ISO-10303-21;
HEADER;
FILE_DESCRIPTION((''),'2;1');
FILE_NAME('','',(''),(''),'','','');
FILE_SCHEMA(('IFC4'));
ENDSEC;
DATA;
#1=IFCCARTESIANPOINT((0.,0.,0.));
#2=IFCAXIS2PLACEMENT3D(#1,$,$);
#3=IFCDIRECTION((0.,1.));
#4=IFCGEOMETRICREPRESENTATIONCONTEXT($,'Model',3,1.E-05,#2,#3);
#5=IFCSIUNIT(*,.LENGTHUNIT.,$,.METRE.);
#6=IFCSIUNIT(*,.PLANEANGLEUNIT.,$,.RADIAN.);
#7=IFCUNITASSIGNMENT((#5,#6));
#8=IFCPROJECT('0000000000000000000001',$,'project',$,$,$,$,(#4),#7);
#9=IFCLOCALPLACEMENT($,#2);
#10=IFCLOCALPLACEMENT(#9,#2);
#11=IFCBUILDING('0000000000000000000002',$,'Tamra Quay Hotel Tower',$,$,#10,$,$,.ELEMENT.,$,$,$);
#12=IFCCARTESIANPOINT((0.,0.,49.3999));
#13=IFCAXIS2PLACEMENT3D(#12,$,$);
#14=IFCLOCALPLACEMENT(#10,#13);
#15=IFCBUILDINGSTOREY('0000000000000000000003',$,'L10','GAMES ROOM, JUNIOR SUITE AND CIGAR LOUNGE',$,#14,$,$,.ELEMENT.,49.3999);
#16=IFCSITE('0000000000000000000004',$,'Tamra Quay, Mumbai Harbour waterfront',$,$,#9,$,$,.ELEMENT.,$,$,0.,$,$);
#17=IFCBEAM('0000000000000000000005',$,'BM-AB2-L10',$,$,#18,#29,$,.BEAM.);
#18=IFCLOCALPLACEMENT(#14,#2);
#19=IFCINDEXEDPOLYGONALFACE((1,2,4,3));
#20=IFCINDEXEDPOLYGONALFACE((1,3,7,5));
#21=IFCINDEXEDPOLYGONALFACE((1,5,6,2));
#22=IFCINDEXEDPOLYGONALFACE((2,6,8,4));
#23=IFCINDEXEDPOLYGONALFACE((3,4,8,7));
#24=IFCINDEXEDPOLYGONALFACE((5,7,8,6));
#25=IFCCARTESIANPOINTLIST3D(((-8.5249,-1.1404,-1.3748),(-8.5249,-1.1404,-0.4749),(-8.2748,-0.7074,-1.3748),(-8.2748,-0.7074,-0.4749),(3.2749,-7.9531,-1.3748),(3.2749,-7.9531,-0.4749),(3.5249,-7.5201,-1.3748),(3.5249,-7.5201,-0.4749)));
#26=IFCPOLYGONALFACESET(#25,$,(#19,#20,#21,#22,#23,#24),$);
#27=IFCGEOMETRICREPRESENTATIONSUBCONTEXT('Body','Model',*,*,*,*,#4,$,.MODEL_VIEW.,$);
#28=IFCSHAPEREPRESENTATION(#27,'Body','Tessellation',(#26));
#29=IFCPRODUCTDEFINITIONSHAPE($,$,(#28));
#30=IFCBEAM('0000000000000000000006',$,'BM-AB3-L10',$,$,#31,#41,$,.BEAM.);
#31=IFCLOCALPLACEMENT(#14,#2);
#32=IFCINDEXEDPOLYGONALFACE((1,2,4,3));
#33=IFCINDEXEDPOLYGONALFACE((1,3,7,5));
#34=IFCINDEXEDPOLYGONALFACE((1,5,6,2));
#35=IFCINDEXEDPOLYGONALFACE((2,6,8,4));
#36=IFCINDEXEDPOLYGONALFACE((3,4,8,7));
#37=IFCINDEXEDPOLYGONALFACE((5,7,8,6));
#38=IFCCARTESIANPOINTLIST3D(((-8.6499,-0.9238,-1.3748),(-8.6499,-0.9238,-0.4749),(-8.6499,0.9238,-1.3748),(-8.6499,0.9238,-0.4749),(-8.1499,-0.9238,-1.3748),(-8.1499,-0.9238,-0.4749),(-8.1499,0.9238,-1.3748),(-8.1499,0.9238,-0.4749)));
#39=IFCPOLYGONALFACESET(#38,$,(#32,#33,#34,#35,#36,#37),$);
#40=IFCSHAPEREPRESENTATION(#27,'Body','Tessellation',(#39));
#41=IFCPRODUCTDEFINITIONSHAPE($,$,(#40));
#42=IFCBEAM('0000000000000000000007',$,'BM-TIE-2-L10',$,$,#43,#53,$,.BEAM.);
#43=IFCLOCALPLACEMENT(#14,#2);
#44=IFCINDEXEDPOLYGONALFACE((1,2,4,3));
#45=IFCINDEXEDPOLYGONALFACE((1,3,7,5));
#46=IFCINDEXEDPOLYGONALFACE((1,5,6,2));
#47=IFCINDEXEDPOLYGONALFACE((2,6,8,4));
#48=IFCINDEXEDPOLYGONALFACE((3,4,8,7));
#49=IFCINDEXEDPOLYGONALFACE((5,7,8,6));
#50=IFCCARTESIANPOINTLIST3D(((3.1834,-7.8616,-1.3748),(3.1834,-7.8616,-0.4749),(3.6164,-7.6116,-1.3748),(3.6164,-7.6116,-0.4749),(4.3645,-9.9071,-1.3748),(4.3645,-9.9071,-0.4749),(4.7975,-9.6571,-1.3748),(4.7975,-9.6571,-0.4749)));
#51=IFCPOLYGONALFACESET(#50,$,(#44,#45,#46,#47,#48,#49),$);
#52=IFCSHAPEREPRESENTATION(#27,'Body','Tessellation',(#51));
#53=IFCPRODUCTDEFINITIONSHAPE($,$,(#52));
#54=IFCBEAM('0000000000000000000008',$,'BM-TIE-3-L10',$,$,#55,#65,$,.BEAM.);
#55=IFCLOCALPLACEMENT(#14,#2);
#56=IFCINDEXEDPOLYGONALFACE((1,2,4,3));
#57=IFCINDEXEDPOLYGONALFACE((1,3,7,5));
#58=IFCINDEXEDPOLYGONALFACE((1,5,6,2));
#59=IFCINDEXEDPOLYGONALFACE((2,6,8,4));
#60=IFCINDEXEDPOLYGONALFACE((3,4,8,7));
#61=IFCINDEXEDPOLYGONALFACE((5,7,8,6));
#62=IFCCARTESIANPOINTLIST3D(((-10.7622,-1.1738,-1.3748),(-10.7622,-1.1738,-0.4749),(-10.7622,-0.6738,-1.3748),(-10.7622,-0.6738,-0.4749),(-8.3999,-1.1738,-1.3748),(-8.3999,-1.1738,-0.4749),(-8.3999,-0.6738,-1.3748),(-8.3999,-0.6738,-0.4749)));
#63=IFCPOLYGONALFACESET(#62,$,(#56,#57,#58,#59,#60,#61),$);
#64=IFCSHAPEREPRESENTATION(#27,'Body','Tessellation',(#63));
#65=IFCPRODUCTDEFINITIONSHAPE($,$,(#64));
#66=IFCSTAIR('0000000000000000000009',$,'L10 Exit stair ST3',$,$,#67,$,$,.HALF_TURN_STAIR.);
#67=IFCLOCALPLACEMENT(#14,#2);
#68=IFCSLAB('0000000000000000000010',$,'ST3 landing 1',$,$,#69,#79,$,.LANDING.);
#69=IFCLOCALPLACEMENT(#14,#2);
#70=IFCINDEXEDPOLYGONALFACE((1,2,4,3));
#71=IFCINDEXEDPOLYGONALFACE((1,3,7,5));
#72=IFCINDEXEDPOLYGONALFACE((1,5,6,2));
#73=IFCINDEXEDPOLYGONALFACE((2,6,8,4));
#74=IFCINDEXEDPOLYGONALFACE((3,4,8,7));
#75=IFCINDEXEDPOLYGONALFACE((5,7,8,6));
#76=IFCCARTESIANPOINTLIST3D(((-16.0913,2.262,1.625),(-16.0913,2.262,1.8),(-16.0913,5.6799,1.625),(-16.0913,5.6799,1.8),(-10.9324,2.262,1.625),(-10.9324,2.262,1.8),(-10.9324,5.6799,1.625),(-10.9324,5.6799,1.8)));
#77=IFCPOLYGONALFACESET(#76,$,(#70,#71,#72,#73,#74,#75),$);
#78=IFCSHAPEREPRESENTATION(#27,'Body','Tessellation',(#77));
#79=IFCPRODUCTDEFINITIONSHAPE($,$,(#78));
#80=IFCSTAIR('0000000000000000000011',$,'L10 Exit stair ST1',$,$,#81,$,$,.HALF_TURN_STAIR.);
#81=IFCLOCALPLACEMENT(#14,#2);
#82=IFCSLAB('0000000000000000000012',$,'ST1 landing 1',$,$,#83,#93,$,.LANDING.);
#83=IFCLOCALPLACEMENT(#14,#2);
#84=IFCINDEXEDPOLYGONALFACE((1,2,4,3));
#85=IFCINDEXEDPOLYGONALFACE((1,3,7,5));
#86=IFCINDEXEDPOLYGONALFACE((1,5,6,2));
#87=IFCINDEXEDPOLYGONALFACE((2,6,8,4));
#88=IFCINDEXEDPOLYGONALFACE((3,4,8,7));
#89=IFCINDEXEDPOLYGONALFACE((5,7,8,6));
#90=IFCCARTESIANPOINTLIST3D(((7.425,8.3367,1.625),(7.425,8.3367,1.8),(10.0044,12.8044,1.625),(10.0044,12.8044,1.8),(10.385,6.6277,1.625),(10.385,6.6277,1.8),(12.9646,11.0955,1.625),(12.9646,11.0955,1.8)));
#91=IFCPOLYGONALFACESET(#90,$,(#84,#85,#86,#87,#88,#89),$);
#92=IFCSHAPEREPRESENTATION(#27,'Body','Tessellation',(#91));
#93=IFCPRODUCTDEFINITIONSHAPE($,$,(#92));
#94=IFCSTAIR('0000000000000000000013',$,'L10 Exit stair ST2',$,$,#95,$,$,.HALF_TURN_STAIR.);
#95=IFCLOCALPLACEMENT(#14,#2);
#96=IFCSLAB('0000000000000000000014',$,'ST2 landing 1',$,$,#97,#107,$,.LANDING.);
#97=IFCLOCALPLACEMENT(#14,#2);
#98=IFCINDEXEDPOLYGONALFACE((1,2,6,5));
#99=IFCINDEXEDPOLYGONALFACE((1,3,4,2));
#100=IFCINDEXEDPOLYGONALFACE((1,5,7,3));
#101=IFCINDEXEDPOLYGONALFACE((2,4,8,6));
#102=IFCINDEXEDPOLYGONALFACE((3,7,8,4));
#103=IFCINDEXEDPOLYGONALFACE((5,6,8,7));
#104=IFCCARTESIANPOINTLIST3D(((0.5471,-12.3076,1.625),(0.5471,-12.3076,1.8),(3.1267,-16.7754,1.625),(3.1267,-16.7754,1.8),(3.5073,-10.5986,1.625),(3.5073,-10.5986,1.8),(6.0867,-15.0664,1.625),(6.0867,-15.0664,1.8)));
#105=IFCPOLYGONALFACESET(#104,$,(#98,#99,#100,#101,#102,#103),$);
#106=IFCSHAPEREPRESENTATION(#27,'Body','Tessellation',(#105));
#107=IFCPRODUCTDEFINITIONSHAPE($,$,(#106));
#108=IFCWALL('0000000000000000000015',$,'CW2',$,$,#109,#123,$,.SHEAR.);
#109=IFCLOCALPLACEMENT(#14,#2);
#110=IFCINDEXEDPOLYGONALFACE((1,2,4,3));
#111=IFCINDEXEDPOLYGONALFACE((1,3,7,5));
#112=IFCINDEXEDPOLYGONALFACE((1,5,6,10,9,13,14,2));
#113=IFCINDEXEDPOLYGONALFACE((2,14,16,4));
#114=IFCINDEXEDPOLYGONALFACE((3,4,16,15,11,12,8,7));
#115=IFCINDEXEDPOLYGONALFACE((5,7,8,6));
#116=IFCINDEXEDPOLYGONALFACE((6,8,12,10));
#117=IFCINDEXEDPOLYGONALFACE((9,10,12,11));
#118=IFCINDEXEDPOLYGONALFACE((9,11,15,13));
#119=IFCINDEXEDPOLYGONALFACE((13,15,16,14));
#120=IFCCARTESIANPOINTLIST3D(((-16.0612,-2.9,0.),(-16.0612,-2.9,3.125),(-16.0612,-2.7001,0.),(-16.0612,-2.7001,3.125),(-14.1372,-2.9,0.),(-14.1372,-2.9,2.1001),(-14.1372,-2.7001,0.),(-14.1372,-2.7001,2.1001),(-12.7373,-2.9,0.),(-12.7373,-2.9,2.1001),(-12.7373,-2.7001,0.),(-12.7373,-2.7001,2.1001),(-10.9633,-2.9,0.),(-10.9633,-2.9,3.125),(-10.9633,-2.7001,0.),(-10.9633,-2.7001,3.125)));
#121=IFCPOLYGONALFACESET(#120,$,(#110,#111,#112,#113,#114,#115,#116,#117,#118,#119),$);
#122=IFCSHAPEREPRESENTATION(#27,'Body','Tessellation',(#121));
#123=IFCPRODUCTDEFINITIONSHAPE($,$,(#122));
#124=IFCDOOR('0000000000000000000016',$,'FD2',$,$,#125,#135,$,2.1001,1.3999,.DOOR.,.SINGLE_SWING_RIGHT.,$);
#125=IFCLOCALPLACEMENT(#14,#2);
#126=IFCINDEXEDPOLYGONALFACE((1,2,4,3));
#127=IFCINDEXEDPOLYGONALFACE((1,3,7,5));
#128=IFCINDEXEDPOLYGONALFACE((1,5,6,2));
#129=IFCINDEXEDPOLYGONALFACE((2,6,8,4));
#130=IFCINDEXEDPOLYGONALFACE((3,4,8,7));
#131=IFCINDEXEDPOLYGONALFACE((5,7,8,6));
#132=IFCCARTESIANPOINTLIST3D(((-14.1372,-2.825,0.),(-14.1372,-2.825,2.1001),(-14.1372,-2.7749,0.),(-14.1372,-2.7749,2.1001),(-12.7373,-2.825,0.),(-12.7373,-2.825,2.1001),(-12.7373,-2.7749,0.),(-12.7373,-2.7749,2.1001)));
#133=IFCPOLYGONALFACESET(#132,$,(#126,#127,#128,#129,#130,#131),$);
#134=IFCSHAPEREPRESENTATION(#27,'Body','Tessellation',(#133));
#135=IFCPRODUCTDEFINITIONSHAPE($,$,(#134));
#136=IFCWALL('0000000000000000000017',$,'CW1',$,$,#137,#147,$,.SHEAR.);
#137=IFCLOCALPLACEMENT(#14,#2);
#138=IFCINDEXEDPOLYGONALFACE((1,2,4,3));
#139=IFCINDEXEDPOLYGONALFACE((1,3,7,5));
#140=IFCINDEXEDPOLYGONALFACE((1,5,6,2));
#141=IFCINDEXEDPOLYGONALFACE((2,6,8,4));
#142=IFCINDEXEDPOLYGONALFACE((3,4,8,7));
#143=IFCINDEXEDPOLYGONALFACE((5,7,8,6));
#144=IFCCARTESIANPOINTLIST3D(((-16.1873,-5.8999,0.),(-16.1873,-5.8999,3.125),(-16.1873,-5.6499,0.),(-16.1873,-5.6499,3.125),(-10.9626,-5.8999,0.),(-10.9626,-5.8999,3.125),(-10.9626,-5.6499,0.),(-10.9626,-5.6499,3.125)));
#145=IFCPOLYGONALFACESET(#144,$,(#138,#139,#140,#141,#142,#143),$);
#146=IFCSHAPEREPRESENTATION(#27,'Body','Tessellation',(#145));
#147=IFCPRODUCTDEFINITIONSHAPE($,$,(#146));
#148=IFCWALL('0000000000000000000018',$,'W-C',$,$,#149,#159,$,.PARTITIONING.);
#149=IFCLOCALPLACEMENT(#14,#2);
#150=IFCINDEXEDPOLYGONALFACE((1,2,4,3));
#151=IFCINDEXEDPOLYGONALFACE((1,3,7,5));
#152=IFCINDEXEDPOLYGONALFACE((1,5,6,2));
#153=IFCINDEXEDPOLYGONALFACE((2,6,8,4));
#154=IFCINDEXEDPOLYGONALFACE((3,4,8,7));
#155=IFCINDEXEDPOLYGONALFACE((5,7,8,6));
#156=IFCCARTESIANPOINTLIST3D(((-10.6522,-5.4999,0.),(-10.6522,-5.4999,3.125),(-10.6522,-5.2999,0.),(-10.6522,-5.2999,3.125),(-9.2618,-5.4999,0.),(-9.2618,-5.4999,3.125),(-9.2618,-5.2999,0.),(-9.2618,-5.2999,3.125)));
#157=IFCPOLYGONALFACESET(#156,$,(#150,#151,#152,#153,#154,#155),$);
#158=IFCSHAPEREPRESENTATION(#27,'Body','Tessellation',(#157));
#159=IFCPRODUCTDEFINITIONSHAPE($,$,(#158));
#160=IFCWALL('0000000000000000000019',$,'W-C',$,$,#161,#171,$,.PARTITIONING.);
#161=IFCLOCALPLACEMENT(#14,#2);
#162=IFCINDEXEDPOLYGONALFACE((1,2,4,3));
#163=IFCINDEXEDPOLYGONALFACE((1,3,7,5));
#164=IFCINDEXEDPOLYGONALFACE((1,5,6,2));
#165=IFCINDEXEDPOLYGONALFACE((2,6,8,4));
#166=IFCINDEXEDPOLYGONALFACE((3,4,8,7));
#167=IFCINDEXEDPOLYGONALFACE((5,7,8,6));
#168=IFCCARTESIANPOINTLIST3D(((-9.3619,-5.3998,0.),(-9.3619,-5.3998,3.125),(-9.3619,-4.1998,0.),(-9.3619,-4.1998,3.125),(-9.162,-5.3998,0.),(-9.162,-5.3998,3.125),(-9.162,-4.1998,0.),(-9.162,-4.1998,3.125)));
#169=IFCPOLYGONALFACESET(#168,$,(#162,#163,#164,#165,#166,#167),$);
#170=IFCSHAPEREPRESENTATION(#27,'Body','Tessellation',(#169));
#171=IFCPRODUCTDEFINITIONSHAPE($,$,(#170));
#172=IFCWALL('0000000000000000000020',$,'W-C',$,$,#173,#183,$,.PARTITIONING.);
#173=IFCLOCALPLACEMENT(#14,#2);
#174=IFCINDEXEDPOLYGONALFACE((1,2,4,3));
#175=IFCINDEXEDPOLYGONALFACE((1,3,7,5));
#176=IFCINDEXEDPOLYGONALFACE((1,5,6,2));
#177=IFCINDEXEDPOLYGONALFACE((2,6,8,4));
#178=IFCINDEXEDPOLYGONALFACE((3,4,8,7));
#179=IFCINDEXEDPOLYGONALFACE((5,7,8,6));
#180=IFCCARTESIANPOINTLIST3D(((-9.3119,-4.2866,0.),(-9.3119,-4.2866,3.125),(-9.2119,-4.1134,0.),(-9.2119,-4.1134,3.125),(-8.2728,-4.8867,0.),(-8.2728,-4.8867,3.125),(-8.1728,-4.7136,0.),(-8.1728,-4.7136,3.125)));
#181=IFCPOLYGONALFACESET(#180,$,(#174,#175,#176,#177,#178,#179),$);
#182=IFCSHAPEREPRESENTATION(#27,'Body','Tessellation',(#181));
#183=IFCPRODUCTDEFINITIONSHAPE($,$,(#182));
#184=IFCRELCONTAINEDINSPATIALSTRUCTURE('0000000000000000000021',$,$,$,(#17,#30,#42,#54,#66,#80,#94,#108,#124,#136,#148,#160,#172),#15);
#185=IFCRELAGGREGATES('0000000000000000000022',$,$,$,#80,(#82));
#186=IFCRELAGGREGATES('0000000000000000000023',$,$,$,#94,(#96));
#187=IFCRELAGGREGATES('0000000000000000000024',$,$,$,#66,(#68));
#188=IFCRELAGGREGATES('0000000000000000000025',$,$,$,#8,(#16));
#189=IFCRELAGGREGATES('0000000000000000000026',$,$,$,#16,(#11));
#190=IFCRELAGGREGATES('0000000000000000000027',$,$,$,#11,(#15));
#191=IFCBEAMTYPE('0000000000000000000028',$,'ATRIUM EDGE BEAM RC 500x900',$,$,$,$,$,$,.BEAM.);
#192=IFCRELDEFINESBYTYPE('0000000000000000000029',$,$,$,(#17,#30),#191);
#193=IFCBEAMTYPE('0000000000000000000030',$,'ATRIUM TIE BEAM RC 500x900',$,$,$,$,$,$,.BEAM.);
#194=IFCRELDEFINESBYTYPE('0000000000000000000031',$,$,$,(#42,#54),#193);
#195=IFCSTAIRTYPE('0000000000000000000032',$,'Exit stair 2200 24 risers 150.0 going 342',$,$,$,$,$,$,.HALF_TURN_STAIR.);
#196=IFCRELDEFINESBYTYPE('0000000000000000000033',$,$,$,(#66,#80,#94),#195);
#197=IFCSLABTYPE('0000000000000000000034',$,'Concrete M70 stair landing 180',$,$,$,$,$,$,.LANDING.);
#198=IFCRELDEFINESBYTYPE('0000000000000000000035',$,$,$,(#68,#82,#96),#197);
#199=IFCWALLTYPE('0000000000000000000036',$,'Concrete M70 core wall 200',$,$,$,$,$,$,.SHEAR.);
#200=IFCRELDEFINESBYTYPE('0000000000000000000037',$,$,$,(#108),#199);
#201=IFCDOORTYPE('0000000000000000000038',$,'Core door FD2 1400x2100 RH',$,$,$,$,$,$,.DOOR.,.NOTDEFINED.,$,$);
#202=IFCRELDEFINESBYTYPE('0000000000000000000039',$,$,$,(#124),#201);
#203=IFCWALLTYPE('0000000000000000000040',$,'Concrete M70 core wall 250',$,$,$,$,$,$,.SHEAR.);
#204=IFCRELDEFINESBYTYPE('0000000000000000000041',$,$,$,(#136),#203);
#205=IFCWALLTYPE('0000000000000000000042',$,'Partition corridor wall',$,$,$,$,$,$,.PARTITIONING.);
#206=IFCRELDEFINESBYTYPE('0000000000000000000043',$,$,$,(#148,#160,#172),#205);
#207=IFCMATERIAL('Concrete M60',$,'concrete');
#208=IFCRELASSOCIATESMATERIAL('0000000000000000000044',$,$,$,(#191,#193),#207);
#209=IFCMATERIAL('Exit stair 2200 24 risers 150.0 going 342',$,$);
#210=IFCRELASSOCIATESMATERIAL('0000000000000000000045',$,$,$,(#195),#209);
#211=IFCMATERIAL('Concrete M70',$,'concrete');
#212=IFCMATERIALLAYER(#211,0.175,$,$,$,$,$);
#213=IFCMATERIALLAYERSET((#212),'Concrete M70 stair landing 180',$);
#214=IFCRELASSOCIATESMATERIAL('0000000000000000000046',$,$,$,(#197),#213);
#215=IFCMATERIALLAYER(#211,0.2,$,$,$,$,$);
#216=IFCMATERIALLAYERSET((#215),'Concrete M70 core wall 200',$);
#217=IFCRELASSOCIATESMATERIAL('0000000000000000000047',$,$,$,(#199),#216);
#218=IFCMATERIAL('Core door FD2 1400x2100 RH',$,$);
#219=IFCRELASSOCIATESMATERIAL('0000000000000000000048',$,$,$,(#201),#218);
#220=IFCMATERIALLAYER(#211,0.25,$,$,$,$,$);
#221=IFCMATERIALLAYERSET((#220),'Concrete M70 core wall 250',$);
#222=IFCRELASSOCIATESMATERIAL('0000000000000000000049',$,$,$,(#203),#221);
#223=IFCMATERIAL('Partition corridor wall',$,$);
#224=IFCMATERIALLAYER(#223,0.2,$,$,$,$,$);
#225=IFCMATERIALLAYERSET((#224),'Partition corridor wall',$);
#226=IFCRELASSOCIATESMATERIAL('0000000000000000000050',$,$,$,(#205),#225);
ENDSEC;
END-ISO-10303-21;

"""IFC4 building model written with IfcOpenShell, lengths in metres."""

from ifc_helpers import new_model, si_unit, direction, frame, frame_2d, origin, origin_2d, place, context, subcontext, project, spatial, polyline, rectangle, outline, extrude, material, layer, layer_set, material_profile, profile_set, type_object, element, fill, aggregate, save


model = new_model("IFC4")

# Units and contexts
model_context = context("Model", 3, precision=1e-05, world=origin(), true_north=direction((0.0, 1.0)))
body_context = subcontext(model_context, "Body", "Model", "MODEL_VIEW")
ifc_project = project(units=[si_unit("LENGTHUNIT", "METRE"), si_unit("PLANEANGLEUNIT", "RADIAN")], contexts=[model_context])

# Site, building, storey
site_placement = place(None, origin())
site = spatial("IfcSite", under=ifc_project, at=site_placement, Name="Tamra Quay, Mumbai Harbour waterfront", CompositionType="ELEMENT", RefElevation=0.0)
building_placement = place(site_placement, origin())
building = spatial("IfcBuilding", under=site, at=building_placement, Name="Tamra Quay Hotel Tower", CompositionType="ELEMENT")
storey_placement = place(building_placement, frame((0.0, 0.0, 49.3999)))
storey = spatial("IfcBuildingStorey", under=building, at=storey_placement, Name="L10", Description="GAMES ROOM, JUNIOR SUITE AND CIGAR LOUNGE", CompositionType="ELEMENT", Elevation=49.3999)

# Beams
ifc_material_1 = material(Name="Concrete M60", Category="concrete")
ifc_material_profile_1 = material_profile(ifc_material_1, rectangle(XDim=0.5, YDim=0.8999, at=origin_2d()), Name="ATRIUM EDGE BEAM RC 500x900")
ifc_profile_set_1 = profile_set([ifc_material_profile_1], Name="Concrete M60")
beam_type_1 = type_object("IfcBeamType", Name="ATRIUM EDGE BEAM RC 500x900", PredefinedType="BEAM", material=ifc_profile_set_1)
beam_1_placement = place(storey_placement, frame((3.3999, -7.7366, -0.9248), z_axis=(-0.866021, 0.500007, 0.0), x_axis=(-0.500007, -0.866021, 0.0)))
element("IfcBeam", 1, at=beam_1_placement, inside=storey, type_object=beam_type_1, Name="BM-AB2-L10", PredefinedType="BEAM", context=body_context, shape_type="SweptSolid", body=[
    extrude(rectangle(XDim=0.5, YDim=0.8999, at=origin_2d()), origin(), (0.0, 0.0, 1.0), 13.6252),
])
beam_2_placement = place(storey_placement, frame((-8.3999, -0.9238, -0.9248), z_axis=(0.0, 1.0, 0.0), x_axis=(-1.0, 0.0, 0.0)))
element("IfcBeam", 2, at=beam_2_placement, inside=storey, type_object=beam_type_1, Name="BM-AB3-L10", PredefinedType="BEAM", context=body_context, shape_type="SweptSolid", body=[
    extrude(rectangle(XDim=0.5, YDim=0.8999, at=origin_2d()), origin(), (0.0, 0.0, 1.0), 1.8477),
])
ifc_material_profile_2 = material_profile(ifc_material_1, rectangle(XDim=0.5, YDim=0.8999, at=origin_2d()), Name="ATRIUM TIE BEAM RC 500x900")
ifc_profile_set_2 = profile_set([ifc_material_profile_2], Name="Concrete M60")
beam_type_2 = type_object("IfcBeamType", Name="ATRIUM TIE BEAM RC 500x900", PredefinedType="BEAM", material=ifc_profile_set_2)
beam_3_placement = place(storey_placement, frame((3.3999, -7.7366, -0.9248), z_axis=(0.50003, -0.866008, 0.0), x_axis=(0.866008, 0.50003, 0.0)))
element("IfcBeam", 3, at=beam_3_placement, inside=storey, type_object=beam_type_2, Name="BM-TIE-2-L10", PredefinedType="BEAM", context=body_context, shape_type="SweptSolid", body=[
    extrude(rectangle(XDim=0.5, YDim=0.8999, at=origin_2d()), origin(), (0.0, 0.0, 1.0), 2.3621),
])
beam_4_placement = place(storey_placement, frame((-8.3999, -0.9238, -0.9248), z_axis=(-1.0, 0.0, 0.0), x_axis=(0.0, -1.0, 0.0)))
element("IfcBeam", 4, at=beam_4_placement, inside=storey, type_object=beam_type_2, Name="BM-TIE-3-L10", PredefinedType="BEAM", context=body_context, shape_type="SweptSolid", body=[
    extrude(rectangle(XDim=0.5, YDim=0.8999, at=origin_2d()), origin(), (0.0, 0.0, 1.0), 2.3623),
])

# Stairs, slabs
ifc_material_2 = material(Name="Exit stair 2200 24 risers 150.0 going 342")
stair_type = type_object("IfcStairType", Name="Exit stair 2200 24 risers 150.0 going 342", PredefinedType="HALF_TURN_STAIR", material=ifc_material_2)
stair_1_placement = place(storey_placement, origin())
stair_1 = element("IfcStair", 5, at=stair_1_placement, inside=storey, type_object=stair_type, Name="L10 Exit stair ST3", PredefinedType="HALF_TURN_STAIR")
ifc_material_3 = material(Name="Concrete M70", Category="concrete")
ifc_layer_1 = layer(ifc_material_3, 0.175)
ifc_layer_set_1 = layer_set([ifc_layer_1], Name="Concrete M70 stair landing 180")
slab_type_1 = type_object("IfcSlabType", Name="Concrete M70 stair landing 180", PredefinedType="LANDING", material=ifc_layer_set_1)
slab_1_placement = place(storey_placement, frame((0.0, 0.0, 1.625)))
slab_1 = element("IfcSlab", 6, at=slab_1_placement, type_object=slab_type_1, Name="ST3 landing 1", PredefinedType="LANDING", context=body_context, shape_type="SweptSolid", body=[
    extrude(outline(polyline([(-10.9324, 2.262), (-10.9324, 5.6799), (-16.0913, 5.6799), (-16.0913, 2.262), (-10.9324, 2.262)])), origin(), (0.0, 0.0, 1.0), 0.175),
])
stair_2_placement = place(storey_placement, origin())
stair_2 = element("IfcStair", 7, at=stair_2_placement, inside=storey, type_object=stair_type, Name="L10 Exit stair ST1", PredefinedType="HALF_TURN_STAIR")
slab_2_placement = place(storey_placement, frame((0.0, 0.0, 1.625)))
slab_2 = element("IfcSlab", 8, at=slab_2_placement, type_object=slab_type_1, Name="ST1 landing 1", PredefinedType="LANDING", context=body_context, shape_type="SweptSolid", body=[
    extrude(outline(polyline([(7.425, 8.3367), (10.385, 6.6277), (12.9646, 11.0955), (10.0044, 12.8044), (7.425, 8.3367)])), origin(), (0.0, 0.0, 1.0), 0.175),
])
aggregate(stair_2, [slab_2])
stair_3_placement = place(storey_placement, origin())
stair_3 = element("IfcStair", 9, at=stair_3_placement, inside=storey, type_object=stair_type, Name="L10 Exit stair ST2", PredefinedType="HALF_TURN_STAIR")
slab_3_placement = place(storey_placement, frame((0.0, 0.0, 1.625)))
slab_3 = element("IfcSlab", 10, at=slab_3_placement, type_object=slab_type_1, Name="ST2 landing 1", PredefinedType="LANDING", context=body_context, shape_type="SweptSolid", body=[
    extrude(outline(polyline([(3.5073, -10.5986), (0.5471, -12.3076), (3.1267, -16.7754), (6.0867, -15.0664), (3.5073, -10.5986)])), origin(), (0.0, 0.0, 1.0), 0.175),
])
aggregate(stair_3, [slab_3])

# Wall, opening, door
ifc_layer_2 = layer(ifc_material_3, 0.2)
ifc_layer_set_2 = layer_set([ifc_layer_2], Name="Concrete M70 core wall 200")
wall_type_1 = type_object("IfcWallType", Name="Concrete M70 core wall 200", PredefinedType="SHEAR", material=ifc_layer_set_2)
wall_1_placement = place(storey_placement, frame((-10.9634, -2.8, 0.0), z_axis=(0.0, 0.0, 1.0), x_axis=(-1.0, 0.0, 0.0)))
wall_1 = element("IfcWall", 11, at=wall_1_placement, inside=storey, type_object=wall_type_1, Name="CW2", PredefinedType="SHEAR", context=body_context, shape_type="SweptSolid", body=[
    extrude(rectangle(XDim=5.0979, YDim=0.2, at=frame_2d((2.5488, 0.0))), origin(), (0.0, 0.0, 1.0), 3.125),
])
opening_1_placement = place(wall_1_placement, frame((1.7739, 0.0, 0.0)))
opening_1 = element("IfcOpeningElement", 12, at=opening_1_placement, cuts=wall_1, PredefinedType="OPENING", context=body_context, shape_type="SweptSolid", body=[
    extrude(rectangle(XDim=1.3999, YDim=2.1001, at=frame_2d((0.7, 1.05))), frame((0.0, 0.1099, 0.0), z_axis=(0.0, -1.0, 0.0), x_axis=(1.0, 0.0, 0.0)), (0.0, 0.0, 1.0), 0.22),
])
ifc_material_4 = material(Name="Core door FD2 1400x2100 RH")
door_type_1 = type_object("IfcDoorType", Name="Core door FD2 1400x2100 RH", OperationType="NOTDEFINED", PredefinedType="DOOR", material=ifc_material_4)
door_1_placement = place(opening_1_placement, origin())
door_1 = element("IfcDoor", 13, at=door_1_placement, inside=storey, type_object=door_type_1, Name="FD2", OperationType="SINGLE_SWING_RIGHT", OverallHeight=2.1001, OverallWidth=1.3999, PredefinedType="DOOR", context=body_context, shape_type="SweptSolid", body=[
    extrude(rectangle(XDim=1.3999, YDim=2.1001, at=frame_2d((0.7, 1.05))), frame((0.0, 0.0249, 0.0), z_axis=(0.0, -1.0, 0.0), x_axis=(1.0, 0.0, 0.0)), (0.0, 0.0, 1.0), 0.05),
])
fill(opening_1, door_1)

# Walls
ifc_layer_3 = layer(ifc_material_3, 0.25)
ifc_layer_set_3 = layer_set([ifc_layer_3], Name="Concrete M70 core wall 250")
wall_type_2 = type_object("IfcWallType", Name="Concrete M70 core wall 250", PredefinedType="SHEAR", material=ifc_layer_set_3)
wall_2_placement = place(storey_placement, frame((-10.9626, -5.7749, 0.0), z_axis=(0.0, 0.0, 1.0), x_axis=(-1.0, 0.0, 0.0)))
element("IfcWall", 14, at=wall_2_placement, inside=storey, type_object=wall_type_2, Name="CW1", PredefinedType="SHEAR", context=body_context, shape_type="SweptSolid", body=[
    extrude(rectangle(XDim=5.2246, YDim=0.25, at=frame_2d((2.6123, 0.0))), origin(), (0.0, 0.0, 1.0), 3.125),
])
ifc_material_5 = material(Name="Partition corridor wall")
ifc_layer_4 = layer(ifc_material_5, 0.2)
ifc_layer_set_4 = layer_set([ifc_layer_4], Name="Partition corridor wall")
wall_type_3 = type_object("IfcWallType", Name="Partition corridor wall", PredefinedType="PARTITIONING", material=ifc_layer_set_4)
wall_3_placement = place(storey_placement, frame((-10.6523, -5.3999, 0.0), z_axis=(0.0, 0.0, 1.0), x_axis=(1.0, 0.0, 0.0)))
element("IfcWall", 15, at=wall_3_placement, inside=storey, type_object=wall_type_3, Name="W-C", PredefinedType="PARTITIONING", context=body_context, shape_type="SweptSolid", body=[
    extrude(rectangle(XDim=1.3904, YDim=0.2, at=frame_2d((0.6953, 0.0))), origin(), (0.0, 0.0, 1.0), 3.125),
])
for number, where, z_axis, x_axis, name in (
    (16, (-9.262, -5.3999, 0.0), (0.0, 0.0, 1.0), (0.0, 1.0, 0.0), "W-C"),
    (17, (-9.262, -4.2, 0.0), (0.0, 0.0, 1.0), (0.865955, -0.500122, 0.0), "W-C"),
):
    element("IfcWall", number, at=place(storey_placement, frame(where, z_axis=z_axis, x_axis=x_axis)), inside=storey, type_object=wall_type_3, Name=name, PredefinedType="PARTITIONING", context=body_context, shape_type="SweptSolid", body=[
        extrude(rectangle(XDim=1.2, YDim=0.2, at=frame_2d((0.6001, 0.0))), origin(), (0.0, 0.0, 1.0), 3.125),
    ])

aggregate(stair_1, [slab_1])

save(model, "model.ifc")
